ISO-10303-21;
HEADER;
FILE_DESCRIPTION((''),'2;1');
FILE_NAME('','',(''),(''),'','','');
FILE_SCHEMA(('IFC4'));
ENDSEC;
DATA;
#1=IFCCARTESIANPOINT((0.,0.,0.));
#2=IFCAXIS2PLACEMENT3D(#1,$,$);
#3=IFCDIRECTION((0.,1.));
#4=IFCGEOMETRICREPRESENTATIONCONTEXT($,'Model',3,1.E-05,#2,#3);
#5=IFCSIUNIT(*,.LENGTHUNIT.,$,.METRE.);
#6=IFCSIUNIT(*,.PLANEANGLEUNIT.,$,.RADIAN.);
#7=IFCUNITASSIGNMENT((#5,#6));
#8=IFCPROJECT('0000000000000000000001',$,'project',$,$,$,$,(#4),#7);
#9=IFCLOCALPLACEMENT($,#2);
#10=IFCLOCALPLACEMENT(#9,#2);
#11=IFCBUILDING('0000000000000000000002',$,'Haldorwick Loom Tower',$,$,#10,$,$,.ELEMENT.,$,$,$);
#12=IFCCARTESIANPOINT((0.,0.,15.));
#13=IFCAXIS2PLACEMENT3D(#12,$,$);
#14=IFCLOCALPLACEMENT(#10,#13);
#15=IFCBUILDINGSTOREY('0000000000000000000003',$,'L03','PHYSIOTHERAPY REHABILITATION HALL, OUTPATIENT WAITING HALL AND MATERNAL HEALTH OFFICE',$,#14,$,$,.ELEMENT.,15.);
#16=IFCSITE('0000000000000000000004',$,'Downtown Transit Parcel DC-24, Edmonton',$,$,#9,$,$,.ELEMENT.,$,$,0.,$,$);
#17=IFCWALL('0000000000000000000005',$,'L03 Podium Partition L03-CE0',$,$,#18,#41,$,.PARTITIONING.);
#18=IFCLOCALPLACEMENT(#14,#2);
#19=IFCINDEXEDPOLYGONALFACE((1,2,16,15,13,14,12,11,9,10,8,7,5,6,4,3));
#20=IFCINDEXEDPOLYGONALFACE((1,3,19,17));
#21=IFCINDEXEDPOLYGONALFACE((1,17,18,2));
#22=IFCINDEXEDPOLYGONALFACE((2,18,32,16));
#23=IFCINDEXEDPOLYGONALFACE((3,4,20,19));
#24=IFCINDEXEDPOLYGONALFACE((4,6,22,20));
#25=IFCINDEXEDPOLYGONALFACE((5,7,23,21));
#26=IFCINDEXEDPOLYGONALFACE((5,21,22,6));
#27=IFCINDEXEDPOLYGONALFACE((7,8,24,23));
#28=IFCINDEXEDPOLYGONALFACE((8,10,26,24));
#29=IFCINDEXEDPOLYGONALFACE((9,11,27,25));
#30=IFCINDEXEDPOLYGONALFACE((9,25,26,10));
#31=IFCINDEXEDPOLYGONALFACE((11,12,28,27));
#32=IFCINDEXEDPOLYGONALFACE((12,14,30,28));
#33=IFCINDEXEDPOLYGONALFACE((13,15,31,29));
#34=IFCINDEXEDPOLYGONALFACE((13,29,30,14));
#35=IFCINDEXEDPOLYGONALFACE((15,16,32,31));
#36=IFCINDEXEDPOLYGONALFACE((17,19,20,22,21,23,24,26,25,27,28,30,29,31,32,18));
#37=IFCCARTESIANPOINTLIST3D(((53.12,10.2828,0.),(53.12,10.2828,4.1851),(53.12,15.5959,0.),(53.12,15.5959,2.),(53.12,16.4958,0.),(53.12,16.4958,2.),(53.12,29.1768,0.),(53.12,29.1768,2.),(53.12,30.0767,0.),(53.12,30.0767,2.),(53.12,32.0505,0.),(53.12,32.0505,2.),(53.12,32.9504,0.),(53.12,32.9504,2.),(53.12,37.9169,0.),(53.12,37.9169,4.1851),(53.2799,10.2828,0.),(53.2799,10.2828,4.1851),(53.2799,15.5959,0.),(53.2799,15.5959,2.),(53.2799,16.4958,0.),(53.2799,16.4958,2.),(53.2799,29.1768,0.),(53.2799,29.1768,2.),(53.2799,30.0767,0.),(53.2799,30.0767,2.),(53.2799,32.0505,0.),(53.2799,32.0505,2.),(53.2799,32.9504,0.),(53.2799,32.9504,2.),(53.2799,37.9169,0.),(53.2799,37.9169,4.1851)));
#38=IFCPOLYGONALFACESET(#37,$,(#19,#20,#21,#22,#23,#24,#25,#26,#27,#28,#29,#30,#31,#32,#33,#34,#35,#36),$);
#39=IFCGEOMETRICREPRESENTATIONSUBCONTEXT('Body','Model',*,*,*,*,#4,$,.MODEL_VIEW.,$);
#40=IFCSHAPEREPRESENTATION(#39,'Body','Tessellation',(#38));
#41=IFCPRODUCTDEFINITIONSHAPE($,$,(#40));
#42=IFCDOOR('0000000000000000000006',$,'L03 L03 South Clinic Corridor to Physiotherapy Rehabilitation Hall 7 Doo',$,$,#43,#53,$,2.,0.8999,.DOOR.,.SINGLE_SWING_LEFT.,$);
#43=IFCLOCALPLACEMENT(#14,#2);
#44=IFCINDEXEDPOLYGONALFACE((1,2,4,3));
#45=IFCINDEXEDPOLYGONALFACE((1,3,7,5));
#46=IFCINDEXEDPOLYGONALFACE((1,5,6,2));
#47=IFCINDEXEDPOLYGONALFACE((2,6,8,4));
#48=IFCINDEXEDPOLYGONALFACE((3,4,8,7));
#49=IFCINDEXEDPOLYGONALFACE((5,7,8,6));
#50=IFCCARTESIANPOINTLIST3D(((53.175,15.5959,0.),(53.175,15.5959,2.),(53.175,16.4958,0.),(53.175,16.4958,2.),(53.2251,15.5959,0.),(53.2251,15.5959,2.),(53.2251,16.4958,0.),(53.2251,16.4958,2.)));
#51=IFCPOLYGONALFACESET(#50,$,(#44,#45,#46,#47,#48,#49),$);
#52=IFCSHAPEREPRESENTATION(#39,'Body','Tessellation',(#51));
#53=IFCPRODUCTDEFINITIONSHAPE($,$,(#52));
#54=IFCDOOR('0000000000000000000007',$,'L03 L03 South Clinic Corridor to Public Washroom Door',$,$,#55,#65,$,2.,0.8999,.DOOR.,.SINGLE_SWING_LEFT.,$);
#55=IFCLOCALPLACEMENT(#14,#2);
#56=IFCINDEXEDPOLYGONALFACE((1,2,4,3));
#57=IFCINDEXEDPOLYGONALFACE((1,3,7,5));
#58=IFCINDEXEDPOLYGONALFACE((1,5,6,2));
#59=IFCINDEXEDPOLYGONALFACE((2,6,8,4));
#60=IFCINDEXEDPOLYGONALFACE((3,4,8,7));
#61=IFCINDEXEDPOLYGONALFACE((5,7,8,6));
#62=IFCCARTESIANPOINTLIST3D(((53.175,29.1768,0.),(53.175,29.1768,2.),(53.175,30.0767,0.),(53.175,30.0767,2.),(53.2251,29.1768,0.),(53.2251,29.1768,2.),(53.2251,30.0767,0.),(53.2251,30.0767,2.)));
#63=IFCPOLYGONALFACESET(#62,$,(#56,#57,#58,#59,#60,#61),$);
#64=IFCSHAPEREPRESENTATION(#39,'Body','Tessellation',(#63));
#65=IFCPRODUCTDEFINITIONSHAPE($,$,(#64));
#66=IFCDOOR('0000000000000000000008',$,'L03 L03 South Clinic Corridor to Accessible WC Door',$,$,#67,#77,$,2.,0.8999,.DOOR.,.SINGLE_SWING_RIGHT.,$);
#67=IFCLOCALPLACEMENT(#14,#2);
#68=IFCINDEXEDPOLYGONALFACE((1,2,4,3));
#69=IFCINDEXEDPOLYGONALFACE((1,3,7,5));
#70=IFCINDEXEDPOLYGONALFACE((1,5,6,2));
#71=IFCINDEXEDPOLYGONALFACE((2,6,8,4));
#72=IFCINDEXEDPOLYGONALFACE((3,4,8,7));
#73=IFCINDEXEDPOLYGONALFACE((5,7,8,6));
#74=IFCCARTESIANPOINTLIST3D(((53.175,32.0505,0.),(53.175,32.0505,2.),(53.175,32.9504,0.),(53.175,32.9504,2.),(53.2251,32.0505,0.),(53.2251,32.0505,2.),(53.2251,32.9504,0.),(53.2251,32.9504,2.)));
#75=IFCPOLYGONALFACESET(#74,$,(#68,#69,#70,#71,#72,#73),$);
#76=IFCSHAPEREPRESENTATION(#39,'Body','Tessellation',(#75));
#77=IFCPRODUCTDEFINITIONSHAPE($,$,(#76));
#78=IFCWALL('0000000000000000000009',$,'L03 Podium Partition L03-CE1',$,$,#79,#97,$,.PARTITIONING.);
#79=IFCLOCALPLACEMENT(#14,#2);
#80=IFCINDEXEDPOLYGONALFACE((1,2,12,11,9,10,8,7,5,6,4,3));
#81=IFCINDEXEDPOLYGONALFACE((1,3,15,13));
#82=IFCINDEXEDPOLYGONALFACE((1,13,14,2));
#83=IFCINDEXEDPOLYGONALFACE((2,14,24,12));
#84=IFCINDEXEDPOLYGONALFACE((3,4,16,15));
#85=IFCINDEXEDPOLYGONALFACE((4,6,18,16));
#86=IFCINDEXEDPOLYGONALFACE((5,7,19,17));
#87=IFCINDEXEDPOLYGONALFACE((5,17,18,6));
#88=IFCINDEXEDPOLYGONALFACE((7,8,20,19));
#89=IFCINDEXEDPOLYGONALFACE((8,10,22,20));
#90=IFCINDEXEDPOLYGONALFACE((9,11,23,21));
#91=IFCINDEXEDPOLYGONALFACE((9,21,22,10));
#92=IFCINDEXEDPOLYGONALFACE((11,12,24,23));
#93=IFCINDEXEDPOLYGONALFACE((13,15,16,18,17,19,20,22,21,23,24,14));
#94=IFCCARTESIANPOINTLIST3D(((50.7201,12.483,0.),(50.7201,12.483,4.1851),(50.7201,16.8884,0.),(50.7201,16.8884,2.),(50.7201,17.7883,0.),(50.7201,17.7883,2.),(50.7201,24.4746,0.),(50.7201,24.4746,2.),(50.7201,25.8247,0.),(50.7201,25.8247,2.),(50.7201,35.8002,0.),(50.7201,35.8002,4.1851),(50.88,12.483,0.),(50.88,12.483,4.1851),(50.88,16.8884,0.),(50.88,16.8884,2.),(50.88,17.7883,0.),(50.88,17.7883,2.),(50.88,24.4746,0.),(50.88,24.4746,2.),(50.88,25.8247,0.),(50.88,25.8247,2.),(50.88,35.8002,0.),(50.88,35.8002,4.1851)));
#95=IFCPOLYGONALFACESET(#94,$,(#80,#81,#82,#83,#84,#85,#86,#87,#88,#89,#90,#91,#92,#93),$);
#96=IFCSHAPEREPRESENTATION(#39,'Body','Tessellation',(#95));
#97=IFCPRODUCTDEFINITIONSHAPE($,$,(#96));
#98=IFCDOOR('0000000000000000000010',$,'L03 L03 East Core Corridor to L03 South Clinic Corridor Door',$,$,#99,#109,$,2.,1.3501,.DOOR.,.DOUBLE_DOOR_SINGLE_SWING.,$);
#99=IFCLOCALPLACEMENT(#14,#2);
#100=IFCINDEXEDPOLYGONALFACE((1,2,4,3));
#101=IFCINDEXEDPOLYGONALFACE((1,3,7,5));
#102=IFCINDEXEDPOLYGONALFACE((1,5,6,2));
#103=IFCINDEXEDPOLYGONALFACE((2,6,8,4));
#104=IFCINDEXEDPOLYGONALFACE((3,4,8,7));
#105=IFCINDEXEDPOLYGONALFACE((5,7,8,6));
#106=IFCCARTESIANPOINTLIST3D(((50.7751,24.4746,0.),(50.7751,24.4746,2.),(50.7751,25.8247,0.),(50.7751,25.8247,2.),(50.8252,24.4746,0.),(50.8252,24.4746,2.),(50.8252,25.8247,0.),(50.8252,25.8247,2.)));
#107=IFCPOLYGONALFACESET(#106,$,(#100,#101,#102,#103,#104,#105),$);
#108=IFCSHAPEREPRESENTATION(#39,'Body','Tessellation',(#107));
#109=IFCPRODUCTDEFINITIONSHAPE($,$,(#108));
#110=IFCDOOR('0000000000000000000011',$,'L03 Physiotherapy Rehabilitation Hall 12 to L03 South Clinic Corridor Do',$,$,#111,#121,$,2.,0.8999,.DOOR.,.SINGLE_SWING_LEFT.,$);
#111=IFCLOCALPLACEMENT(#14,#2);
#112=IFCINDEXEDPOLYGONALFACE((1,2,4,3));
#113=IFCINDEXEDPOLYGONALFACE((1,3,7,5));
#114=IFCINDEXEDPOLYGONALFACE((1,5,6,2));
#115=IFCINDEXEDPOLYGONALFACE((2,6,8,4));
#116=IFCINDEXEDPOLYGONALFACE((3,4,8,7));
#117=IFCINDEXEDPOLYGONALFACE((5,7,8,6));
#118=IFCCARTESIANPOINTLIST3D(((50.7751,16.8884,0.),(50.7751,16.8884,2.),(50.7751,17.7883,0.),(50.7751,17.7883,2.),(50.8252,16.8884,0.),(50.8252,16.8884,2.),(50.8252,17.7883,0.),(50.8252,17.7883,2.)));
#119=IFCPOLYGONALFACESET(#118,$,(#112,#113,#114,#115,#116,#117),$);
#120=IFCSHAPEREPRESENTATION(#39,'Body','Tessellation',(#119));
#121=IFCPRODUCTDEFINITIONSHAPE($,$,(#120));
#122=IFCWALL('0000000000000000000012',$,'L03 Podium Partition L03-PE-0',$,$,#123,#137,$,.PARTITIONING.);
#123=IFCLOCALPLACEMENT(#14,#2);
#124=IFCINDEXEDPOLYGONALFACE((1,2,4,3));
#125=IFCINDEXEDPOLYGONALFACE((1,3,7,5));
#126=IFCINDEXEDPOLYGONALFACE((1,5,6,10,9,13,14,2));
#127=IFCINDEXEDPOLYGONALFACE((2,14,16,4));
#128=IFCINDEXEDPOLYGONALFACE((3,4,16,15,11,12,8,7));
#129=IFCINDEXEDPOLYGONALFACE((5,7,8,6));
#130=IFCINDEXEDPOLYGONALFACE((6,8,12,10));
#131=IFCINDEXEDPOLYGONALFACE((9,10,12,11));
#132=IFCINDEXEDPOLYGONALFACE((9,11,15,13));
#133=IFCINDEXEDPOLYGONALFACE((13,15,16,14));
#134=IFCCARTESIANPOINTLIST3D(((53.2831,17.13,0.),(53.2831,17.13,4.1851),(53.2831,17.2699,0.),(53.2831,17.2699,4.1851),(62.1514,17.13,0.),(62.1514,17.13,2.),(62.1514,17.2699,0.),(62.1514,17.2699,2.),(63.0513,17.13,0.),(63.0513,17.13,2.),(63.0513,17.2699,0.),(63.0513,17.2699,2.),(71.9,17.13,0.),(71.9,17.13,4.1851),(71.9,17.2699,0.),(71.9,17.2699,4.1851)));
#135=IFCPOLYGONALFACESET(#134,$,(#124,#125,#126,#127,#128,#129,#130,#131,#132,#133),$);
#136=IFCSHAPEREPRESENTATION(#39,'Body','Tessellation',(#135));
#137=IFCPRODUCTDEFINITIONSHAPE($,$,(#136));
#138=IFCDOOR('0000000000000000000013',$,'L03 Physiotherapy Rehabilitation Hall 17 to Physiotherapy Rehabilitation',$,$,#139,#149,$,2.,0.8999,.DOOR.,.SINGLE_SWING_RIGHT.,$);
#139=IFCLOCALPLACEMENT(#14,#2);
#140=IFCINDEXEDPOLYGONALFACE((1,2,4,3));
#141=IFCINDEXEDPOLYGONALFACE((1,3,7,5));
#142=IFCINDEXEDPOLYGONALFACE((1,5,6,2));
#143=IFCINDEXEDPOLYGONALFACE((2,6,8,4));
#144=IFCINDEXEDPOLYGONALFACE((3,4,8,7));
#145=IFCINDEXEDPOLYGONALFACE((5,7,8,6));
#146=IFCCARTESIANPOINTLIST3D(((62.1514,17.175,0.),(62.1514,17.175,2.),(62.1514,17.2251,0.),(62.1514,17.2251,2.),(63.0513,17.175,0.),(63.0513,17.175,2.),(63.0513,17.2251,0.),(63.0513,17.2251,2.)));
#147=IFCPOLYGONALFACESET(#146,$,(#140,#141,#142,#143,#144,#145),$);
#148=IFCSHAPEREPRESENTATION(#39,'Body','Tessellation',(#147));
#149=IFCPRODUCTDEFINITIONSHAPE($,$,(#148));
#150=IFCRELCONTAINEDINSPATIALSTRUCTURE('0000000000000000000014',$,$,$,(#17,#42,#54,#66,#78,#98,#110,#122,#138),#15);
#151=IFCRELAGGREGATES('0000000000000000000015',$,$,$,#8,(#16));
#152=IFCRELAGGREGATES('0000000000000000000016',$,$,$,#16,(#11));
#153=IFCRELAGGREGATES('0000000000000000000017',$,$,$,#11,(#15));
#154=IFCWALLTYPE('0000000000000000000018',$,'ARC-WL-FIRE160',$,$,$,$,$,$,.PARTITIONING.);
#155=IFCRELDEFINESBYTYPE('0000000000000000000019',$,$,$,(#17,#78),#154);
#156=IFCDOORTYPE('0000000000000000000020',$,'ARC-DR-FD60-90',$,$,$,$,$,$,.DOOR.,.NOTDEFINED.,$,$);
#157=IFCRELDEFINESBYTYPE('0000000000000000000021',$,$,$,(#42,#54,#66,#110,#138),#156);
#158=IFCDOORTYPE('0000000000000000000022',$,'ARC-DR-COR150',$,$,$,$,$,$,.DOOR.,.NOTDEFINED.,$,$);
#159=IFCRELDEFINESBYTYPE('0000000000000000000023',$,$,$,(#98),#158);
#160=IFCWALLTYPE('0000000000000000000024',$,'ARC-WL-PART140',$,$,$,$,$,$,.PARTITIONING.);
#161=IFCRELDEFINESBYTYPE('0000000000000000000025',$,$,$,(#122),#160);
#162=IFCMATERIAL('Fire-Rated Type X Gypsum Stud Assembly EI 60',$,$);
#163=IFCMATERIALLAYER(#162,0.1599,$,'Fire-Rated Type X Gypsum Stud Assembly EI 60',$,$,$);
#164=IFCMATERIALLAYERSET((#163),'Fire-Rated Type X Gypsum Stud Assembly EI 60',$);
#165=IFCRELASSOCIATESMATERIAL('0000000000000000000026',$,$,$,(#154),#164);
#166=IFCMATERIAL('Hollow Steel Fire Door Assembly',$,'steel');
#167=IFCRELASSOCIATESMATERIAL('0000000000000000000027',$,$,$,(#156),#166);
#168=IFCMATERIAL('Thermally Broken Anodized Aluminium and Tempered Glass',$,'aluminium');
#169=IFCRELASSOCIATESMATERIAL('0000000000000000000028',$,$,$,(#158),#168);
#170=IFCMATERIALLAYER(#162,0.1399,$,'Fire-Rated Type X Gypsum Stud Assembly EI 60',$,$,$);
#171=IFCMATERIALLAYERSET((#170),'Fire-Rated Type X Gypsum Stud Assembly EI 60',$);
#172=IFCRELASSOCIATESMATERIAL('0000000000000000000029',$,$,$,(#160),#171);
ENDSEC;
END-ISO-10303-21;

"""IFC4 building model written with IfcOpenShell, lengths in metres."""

from ifc_helpers import new_model, si_unit, direction, frame, frame_2d, origin, place, context, subcontext, project, spatial, rectangle, extrude, material, layer, layer_set, type_object, element, fill, save


model = new_model("IFC4")

# Units and contexts
model_context = context("Model", 3, precision=1e-05, world=origin(), true_north=direction((0.0, 1.0)))
body_context = subcontext(model_context, "Body", "Model", "MODEL_VIEW")
ifc_project = project(units=[si_unit("LENGTHUNIT", "METRE"), si_unit("PLANEANGLEUNIT", "RADIAN")], contexts=[model_context])

# Site, building, storey
site_placement = place(None, origin())
site = spatial("IfcSite", under=ifc_project, at=site_placement, Name="Downtown Transit Parcel DC-24, Edmonton", CompositionType="ELEMENT", RefElevation=0.0)
building_placement = place(site_placement, origin())
building = spatial("IfcBuilding", under=site, at=building_placement, Name="Haldorwick Loom Tower", CompositionType="ELEMENT")
storey_placement = place(building_placement, frame((0.0, 0.0, 15.0)))
storey = spatial("IfcBuildingStorey", under=building, at=storey_placement, Name="L03", Description="PHYSIOTHERAPY REHABILITATION HALL, OUTPATIENT WAITING HALL AND MATERNAL HEALTH OFFICE", CompositionType="ELEMENT", Elevation=15.0)

# Walls, openings, doors
ifc_material_1 = material(Name="Fire-Rated Type X Gypsum Stud Assembly EI 60")
ifc_layer_1 = layer(ifc_material_1, 0.1599, Name="Fire-Rated Type X Gypsum Stud Assembly EI 60")
ifc_layer_set_1 = layer_set([ifc_layer_1], Name="Fire-Rated Type X Gypsum Stud Assembly EI 60")
wall_type_1 = type_object("IfcWallType", Name="ARC-WL-FIRE160", PredefinedType="PARTITIONING", material=ifc_layer_set_1)
wall_1_placement = place(storey_placement, frame((53.2, 10.283, 0.0), z_axis=(0.0, 0.0, 1.0), x_axis=(0.0, 1.0, 0.0)))
wall_1 = element("IfcWall", 1, at=wall_1_placement, inside=storey, type_object=wall_type_1, Name="L03 Podium Partition L03-CE0", PredefinedType="PARTITIONING", context=body_context, shape_type="SweptSolid", body=[
    extrude(rectangle(XDim=27.634, YDim=0.1599, at=frame_2d((13.8169, 0.0))), origin(), (0.0, 0.0, 1.0), 4.1851),
])
opening_1_placement = place(wall_1_placement, frame((5.313, 0.0, 0.0)))
opening_1 = element("IfcOpeningElement", 2, at=opening_1_placement, cuts=wall_1, PredefinedType="OPENING", context=body_context, shape_type="SweptSolid", body=[
    extrude(rectangle(XDim=0.8999, YDim=2.0, at=frame_2d((0.45, 1.0))), frame((0.0, 0.0898, 0.0), z_axis=(0.0, -1.0, 0.0), x_axis=(1.0, 0.0, 0.0)), (0.0, 0.0, 1.0), 0.1799),
])
opening_2_placement = place(wall_1_placement, frame((18.8938, 0.0, 0.0)))
opening_2 = element("IfcOpeningElement", 3, at=opening_2_placement, cuts=wall_1, PredefinedType="OPENING", context=body_context, shape_type="SweptSolid", body=[
    extrude(rectangle(XDim=0.8999, YDim=2.0, at=frame_2d((0.45, 1.0))), frame((0.0, 0.0898, 0.0), z_axis=(0.0, -1.0, 0.0), x_axis=(1.0, 0.0, 0.0)), (0.0, 0.0, 1.0), 0.1799),
])
opening_3_placement = place(wall_1_placement, frame((21.7676, 0.0, 0.0)))
opening_3 = element("IfcOpeningElement", 4, at=opening_3_placement, cuts=wall_1, PredefinedType="OPENING", context=body_context, shape_type="SweptSolid", body=[
    extrude(rectangle(XDim=0.8999, YDim=2.0, at=frame_2d((0.45, 1.0))), frame((0.0, 0.0898, 0.0), z_axis=(0.0, -1.0, 0.0), x_axis=(1.0, 0.0, 0.0)), (0.0, 0.0, 1.0), 0.1799),
])
ifc_material_2 = material(Name="Hollow Steel Fire Door Assembly", Category="steel")
door_type_1 = type_object("IfcDoorType", Name="ARC-DR-FD60-90", OperationType="NOTDEFINED", PredefinedType="DOOR", material=ifc_material_2)
door_1_placement = place(opening_1_placement, origin())
door_1 = element("IfcDoor", 5, at=door_1_placement, inside=storey, type_object=door_type_1, Name="L03 L03 South Clinic Corridor to Physiotherapy Rehabilitation Hall 7 Doo", OperationType="SINGLE_SWING_LEFT", OverallHeight=2.0, OverallWidth=0.8999, PredefinedType="DOOR", context=body_context, shape_type="SweptSolid", body=[
    extrude(rectangle(XDim=0.8999, YDim=2.0, at=frame_2d((0.45, 1.0))), frame((0.0, 0.0249, 0.0), z_axis=(0.0, -1.0, 0.0), x_axis=(1.0, 0.0, 0.0)), (0.0, 0.0, 1.0), 0.05),
])
fill(opening_1, door_1)
door_2_placement = place(opening_2_placement, origin())
door_2 = element("IfcDoor", 6, at=door_2_placement, inside=storey, type_object=door_type_1, Name="L03 L03 South Clinic Corridor to Public Washroom Door", OperationType="SINGLE_SWING_LEFT", OverallHeight=2.0, OverallWidth=0.8999, PredefinedType="DOOR", context=body_context, shape_type="SweptSolid", body=[
    extrude(rectangle(XDim=0.8999, YDim=2.0, at=frame_2d((0.45, 1.0))), frame((0.0, 0.0249, 0.0), z_axis=(0.0, -1.0, 0.0), x_axis=(1.0, 0.0, 0.0)), (0.0, 0.0, 1.0), 0.05),
])
fill(opening_2, door_2)
door_3_placement = place(opening_3_placement, origin())
door_3 = element("IfcDoor", 7, at=door_3_placement, inside=storey, type_object=door_type_1, Name="L03 L03 South Clinic Corridor to Accessible WC Door", OperationType="SINGLE_SWING_RIGHT", OverallHeight=2.0, OverallWidth=0.8999, PredefinedType="DOOR", context=body_context, shape_type="SweptSolid", body=[
    extrude(rectangle(XDim=0.8999, YDim=2.0, at=frame_2d((0.45, 1.0))), frame((0.0, 0.0249, 0.0), z_axis=(0.0, -1.0, 0.0), x_axis=(1.0, 0.0, 0.0)), (0.0, 0.0, 1.0), 0.05),
])
fill(opening_3, door_3)
wall_2_placement = place(storey_placement, frame((50.8, 12.4829, 0.0), z_axis=(0.0, 0.0, 1.0), x_axis=(0.0, 1.0, 0.0)))
wall_2 = element("IfcWall", 8, at=wall_2_placement, inside=storey, type_object=wall_type_1, Name="L03 Podium Partition L03-CE1", PredefinedType="PARTITIONING", context=body_context, shape_type="SweptSolid", body=[
    extrude(rectangle(XDim=23.3171, YDim=0.1599, at=frame_2d((11.6587, 0.0))), origin(), (0.0, 0.0, 1.0), 4.1851),
])
opening_4_placement = place(wall_2_placement, frame((11.9917, 0.0, 0.0)))
opening_4 = element("IfcOpeningElement", 9, at=opening_4_placement, cuts=wall_2, PredefinedType="OPENING", context=body_context, shape_type="SweptSolid", body=[
    extrude(rectangle(XDim=1.3501, YDim=2.0, at=frame_2d((0.675, 1.0))), frame((0.0, 0.0898, 0.0), z_axis=(0.0, -1.0, 0.0), x_axis=(1.0, 0.0, 0.0)), (0.0, 0.0, 1.0), 0.1799),
])
opening_5_placement = place(wall_2_placement, frame((4.4055, 0.0, 0.0)))
opening_5 = element("IfcOpeningElement", 10, at=opening_5_placement, cuts=wall_2, PredefinedType="OPENING", context=body_context, shape_type="SweptSolid", body=[
    extrude(rectangle(XDim=0.8999, YDim=2.0, at=frame_2d((0.45, 1.0))), frame((0.0, 0.0898, 0.0), z_axis=(0.0, -1.0, 0.0), x_axis=(1.0, 0.0, 0.0)), (0.0, 0.0, 1.0), 0.1799),
])
ifc_material_3 = material(Name="Thermally Broken Anodized Aluminium and Tempered Glass", Category="aluminium")
door_type_2 = type_object("IfcDoorType", Name="ARC-DR-COR150", OperationType="NOTDEFINED", PredefinedType="DOOR", material=ifc_material_3)
door_4_placement = place(opening_4_placement, origin())
door_4 = element("IfcDoor", 11, at=door_4_placement, inside=storey, type_object=door_type_2, Name="L03 L03 East Core Corridor to L03 South Clinic Corridor Door", OperationType="DOUBLE_DOOR_SINGLE_SWING", OverallHeight=2.0, OverallWidth=1.3501, PredefinedType="DOOR", context=body_context, shape_type="SweptSolid", body=[
    extrude(rectangle(XDim=1.3501, YDim=2.0, at=frame_2d((0.675, 1.0))), frame((0.0, 0.0249, 0.0), z_axis=(0.0, -1.0, 0.0), x_axis=(1.0, 0.0, 0.0)), (0.0, 0.0, 1.0), 0.05),
])
fill(opening_4, door_4)
door_5_placement = place(opening_5_placement, origin())
door_5 = element("IfcDoor", 12, at=door_5_placement, inside=storey, type_object=door_type_1, Name="L03 Physiotherapy Rehabilitation Hall 12 to L03 South Clinic Corridor Do", OperationType="SINGLE_SWING_LEFT", OverallHeight=2.0, OverallWidth=0.8999, PredefinedType="DOOR", context=body_context, shape_type="SweptSolid", body=[
    extrude(rectangle(XDim=0.8999, YDim=2.0, at=frame_2d((0.45, 1.0))), frame((0.0, 0.0249, 0.0), z_axis=(0.0, -1.0, 0.0), x_axis=(1.0, 0.0, 0.0)), (0.0, 0.0, 1.0), 0.05),
])
fill(opening_5, door_5)

# Wall, opening, door
ifc_layer_2 = layer(ifc_material_1, 0.1399, Name="Fire-Rated Type X Gypsum Stud Assembly EI 60")
ifc_layer_set_2 = layer_set([ifc_layer_2], Name="Fire-Rated Type X Gypsum Stud Assembly EI 60")
wall_type_2 = type_object("IfcWallType", Name="ARC-WL-PART140", PredefinedType="PARTITIONING", material=ifc_layer_set_2)
wall_3_placement = place(storey_placement, frame((53.283, 17.2, 0.0), z_axis=(0.0, 0.0, 1.0), x_axis=(1.0, 0.0, 0.0)))
wall_3 = element("IfcWall", 13, at=wall_3_placement, inside=storey, type_object=wall_type_2, Name="L03 Podium Partition L03-PE-0", PredefinedType="PARTITIONING", context=body_context, shape_type="SweptSolid", body=[
    extrude(rectangle(XDim=18.6169, YDim=0.1399, at=frame_2d((9.3086, 0.0))), origin(), (0.0, 0.0, 1.0), 4.1851),
])
opening_6_placement = place(wall_3_placement, frame((8.8684, 0.0, 0.0)))
opening_6 = element("IfcOpeningElement", 14, at=opening_6_placement, cuts=wall_3, PredefinedType="OPENING", context=body_context, shape_type="SweptSolid", body=[
    extrude(rectangle(XDim=0.8999, YDim=2.0, at=frame_2d((0.45, 1.0))), frame((0.0, 0.0798, 0.0), z_axis=(0.0, -1.0, 0.0), x_axis=(1.0, 0.0, 0.0)), (0.0, 0.0, 1.0), 0.1599),
])
door_6_placement = place(opening_6_placement, frame((0.8999, 0.0, 0.0), z_axis=(0.0, 0.0, 1.0), x_axis=(-1.0, 0.0, 0.0)))
door_6 = element("IfcDoor", 15, at=door_6_placement, inside=storey, type_object=door_type_1, Name="L03 Physiotherapy Rehabilitation Hall 17 to Physiotherapy Rehabilitation", OperationType="SINGLE_SWING_RIGHT", OverallHeight=2.0, OverallWidth=0.8999, PredefinedType="DOOR", context=body_context, shape_type="SweptSolid", body=[
    extrude(rectangle(XDim=0.8999, YDim=2.0, at=frame_2d((0.45, 1.0))), frame((0.0, 0.0249, 0.0), z_axis=(0.0, -1.0, 0.0), x_axis=(1.0, 0.0, 0.0)), (0.0, 0.0, 1.0), 0.05),
])
fill(opening_6, door_6)

save(model, "model.ifc")
